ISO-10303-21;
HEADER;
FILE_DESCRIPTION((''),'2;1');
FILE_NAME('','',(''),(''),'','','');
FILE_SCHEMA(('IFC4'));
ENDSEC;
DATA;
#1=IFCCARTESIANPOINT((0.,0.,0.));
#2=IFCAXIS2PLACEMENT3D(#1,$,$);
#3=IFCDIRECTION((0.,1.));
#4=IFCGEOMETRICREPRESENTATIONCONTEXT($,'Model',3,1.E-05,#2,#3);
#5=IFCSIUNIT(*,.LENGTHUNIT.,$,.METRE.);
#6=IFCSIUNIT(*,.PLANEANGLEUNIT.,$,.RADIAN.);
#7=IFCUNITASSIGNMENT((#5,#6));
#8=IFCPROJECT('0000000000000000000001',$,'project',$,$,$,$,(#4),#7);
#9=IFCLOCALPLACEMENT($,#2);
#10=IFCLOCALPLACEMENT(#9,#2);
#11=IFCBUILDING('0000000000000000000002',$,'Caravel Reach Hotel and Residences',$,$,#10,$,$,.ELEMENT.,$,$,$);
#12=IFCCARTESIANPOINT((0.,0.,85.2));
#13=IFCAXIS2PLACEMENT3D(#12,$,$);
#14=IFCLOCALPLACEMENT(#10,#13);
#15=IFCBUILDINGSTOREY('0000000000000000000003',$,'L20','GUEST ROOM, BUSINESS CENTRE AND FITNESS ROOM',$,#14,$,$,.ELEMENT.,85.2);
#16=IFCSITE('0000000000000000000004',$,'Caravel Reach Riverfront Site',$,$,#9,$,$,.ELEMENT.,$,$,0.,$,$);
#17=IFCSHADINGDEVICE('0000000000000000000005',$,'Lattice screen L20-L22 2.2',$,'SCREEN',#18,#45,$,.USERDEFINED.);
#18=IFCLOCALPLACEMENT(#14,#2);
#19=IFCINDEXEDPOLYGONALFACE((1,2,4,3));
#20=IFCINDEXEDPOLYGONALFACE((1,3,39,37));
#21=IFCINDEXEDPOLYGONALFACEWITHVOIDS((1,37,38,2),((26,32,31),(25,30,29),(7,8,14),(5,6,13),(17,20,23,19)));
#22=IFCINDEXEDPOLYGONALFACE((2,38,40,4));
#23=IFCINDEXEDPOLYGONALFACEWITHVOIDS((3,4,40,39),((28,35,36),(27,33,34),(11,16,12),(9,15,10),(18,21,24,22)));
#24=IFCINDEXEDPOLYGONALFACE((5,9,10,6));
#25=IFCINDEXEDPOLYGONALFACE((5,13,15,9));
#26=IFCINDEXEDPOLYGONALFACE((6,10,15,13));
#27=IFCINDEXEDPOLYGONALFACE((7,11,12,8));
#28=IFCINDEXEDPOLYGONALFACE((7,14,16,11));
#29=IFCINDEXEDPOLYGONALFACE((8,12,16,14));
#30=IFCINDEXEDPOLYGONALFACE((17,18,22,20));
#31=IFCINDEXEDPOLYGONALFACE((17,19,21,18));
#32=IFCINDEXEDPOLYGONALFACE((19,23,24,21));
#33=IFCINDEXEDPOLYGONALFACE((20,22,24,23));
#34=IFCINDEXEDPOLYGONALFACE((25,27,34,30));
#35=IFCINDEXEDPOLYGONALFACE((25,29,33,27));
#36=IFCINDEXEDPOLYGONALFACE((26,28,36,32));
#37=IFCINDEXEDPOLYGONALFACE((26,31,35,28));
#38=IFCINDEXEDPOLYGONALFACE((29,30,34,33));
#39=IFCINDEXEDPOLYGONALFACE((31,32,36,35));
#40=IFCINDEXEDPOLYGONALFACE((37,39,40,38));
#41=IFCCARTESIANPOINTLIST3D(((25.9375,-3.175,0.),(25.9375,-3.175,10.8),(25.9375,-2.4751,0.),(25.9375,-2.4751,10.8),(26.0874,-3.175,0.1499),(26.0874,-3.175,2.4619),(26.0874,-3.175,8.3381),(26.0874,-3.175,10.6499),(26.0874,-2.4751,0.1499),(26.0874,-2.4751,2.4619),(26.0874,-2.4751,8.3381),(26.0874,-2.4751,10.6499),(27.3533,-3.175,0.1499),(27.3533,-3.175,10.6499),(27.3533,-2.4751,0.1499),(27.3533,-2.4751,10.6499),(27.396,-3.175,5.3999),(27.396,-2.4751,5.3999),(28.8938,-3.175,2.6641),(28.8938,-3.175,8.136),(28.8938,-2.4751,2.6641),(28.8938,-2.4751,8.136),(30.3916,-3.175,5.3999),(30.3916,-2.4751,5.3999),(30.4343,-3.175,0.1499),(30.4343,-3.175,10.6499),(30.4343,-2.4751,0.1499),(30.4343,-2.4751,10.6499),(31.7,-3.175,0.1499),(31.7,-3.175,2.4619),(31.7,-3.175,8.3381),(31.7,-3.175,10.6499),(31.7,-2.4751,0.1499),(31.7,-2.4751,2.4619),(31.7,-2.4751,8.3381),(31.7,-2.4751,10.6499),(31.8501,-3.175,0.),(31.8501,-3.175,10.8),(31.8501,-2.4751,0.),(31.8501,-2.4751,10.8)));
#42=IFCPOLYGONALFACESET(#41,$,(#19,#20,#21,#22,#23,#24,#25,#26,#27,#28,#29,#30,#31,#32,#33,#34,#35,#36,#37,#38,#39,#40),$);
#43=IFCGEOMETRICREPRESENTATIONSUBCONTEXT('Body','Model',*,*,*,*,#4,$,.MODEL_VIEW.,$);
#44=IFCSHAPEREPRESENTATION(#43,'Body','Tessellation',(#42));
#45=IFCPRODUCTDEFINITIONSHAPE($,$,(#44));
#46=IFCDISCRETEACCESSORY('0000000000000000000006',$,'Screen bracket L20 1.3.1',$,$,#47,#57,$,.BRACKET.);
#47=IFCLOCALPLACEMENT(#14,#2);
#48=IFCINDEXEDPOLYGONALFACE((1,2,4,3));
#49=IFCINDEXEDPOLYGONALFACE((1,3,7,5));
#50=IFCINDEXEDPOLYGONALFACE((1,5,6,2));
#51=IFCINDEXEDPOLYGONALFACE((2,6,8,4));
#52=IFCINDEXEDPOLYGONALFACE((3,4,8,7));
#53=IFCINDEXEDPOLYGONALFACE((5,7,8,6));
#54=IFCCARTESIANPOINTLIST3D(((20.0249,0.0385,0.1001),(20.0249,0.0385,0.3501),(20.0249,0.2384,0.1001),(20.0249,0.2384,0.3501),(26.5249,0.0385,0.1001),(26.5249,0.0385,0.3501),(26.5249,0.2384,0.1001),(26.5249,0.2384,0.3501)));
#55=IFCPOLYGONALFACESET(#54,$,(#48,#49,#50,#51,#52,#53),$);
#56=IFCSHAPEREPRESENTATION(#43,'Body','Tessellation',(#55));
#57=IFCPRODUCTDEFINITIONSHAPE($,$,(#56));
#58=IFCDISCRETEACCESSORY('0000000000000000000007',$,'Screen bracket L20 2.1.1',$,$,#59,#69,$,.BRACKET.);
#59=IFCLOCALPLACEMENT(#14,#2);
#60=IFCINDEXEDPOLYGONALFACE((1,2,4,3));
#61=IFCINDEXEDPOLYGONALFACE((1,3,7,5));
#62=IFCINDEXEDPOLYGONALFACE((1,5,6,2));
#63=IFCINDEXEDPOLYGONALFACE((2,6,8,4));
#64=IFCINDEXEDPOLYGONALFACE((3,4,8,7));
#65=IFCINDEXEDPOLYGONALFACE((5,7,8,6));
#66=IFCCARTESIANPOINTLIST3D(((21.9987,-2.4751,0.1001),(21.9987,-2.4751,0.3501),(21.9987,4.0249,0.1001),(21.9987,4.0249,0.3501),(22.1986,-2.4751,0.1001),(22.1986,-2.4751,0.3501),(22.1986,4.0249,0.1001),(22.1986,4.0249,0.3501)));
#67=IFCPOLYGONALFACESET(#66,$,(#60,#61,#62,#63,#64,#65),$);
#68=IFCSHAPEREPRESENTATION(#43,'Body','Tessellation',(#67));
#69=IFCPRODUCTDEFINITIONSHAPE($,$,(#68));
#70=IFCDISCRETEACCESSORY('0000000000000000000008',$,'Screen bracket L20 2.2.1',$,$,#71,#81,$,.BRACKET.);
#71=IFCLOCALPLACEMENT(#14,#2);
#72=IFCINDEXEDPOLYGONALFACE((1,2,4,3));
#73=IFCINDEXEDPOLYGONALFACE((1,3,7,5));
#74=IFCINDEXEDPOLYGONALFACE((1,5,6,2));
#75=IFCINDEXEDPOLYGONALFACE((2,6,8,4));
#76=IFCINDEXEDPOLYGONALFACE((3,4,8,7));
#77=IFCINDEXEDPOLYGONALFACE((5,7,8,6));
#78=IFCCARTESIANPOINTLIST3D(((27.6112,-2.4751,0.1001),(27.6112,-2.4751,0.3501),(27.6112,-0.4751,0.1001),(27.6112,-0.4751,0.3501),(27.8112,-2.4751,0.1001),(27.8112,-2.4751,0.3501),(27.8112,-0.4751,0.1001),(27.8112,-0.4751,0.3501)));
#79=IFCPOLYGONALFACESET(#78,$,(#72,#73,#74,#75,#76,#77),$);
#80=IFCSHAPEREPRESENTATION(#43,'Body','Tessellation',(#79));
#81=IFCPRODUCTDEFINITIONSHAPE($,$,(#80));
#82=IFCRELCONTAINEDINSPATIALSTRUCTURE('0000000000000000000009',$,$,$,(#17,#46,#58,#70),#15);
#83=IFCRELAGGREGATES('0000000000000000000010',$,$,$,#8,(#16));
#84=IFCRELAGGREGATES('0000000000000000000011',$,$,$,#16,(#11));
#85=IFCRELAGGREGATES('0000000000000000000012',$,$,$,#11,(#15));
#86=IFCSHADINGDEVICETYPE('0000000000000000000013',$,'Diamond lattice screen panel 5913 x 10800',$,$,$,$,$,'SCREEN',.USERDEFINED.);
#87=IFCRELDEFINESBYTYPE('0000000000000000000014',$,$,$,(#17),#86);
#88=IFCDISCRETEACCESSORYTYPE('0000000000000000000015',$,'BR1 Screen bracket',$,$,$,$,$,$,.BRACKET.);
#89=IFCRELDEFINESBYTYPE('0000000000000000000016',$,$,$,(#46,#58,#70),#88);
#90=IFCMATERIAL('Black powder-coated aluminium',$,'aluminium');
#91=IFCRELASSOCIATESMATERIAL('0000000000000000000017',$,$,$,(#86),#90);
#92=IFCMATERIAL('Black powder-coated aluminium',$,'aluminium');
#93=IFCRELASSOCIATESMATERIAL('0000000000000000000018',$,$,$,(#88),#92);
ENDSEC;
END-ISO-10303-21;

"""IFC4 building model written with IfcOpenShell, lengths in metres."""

from ifc_helpers import new_model, si_unit, direction, frame, origin, origin_2d, place, context, subcontext, project, spatial, polyline, rectangle, outline, extrude, material, type_object, element, save


model = new_model("IFC4")

# Units and contexts
model_context = context("Model", 3, precision=1e-05, world=origin(), true_north=direction((0.0, 1.0)))
body_context = subcontext(model_context, "Body", "Model", "MODEL_VIEW")
ifc_project = project(units=[si_unit("LENGTHUNIT", "METRE"), si_unit("PLANEANGLEUNIT", "RADIAN")], contexts=[model_context])

# Site, building, storey
site_placement = place(None, origin())
site = spatial("IfcSite", under=ifc_project, at=site_placement, Name="Caravel Reach Riverfront Site", CompositionType="ELEMENT", RefElevation=0.0)
building_placement = place(site_placement, origin())
building = spatial("IfcBuilding", under=site, at=building_placement, Name="Caravel Reach Hotel and Residences", CompositionType="ELEMENT")
storey_placement = place(building_placement, frame((0.0, 0.0, 85.2)))
storey = spatial("IfcBuildingStorey", under=building, at=storey_placement, Name="L20", Description="GUEST ROOM, BUSINESS CENTRE AND FITNESS ROOM", CompositionType="ELEMENT", Elevation=85.2)

# Shading device
ifc_material_1 = material(Name="Black powder-coated aluminium", Category="aluminium")
shading_device_type_1 = type_object("IfcShadingDeviceType", Name="Diamond lattice screen panel 5913 x 10800", ElementType="SCREEN", PredefinedType="USERDEFINED", material=ifc_material_1)
for number, where, z_axis, x_axis, name in (
    (1, (25.9375, -2.4751, 0.0), (0.0, -1.0, 0.0), (1.0, 0.0, 0.0), "Lattice screen L20-L22 2.2"),
):
    element("IfcShadingDevice", number, at=place(storey_placement, frame(where, z_axis=z_axis, x_axis=x_axis)), inside=storey, type_object=shading_device_type_1, Name=name, ObjectType="SCREEN", PredefinedType="USERDEFINED", context=body_context, shape_type="SweptSolid", body=[
        extrude(outline(polyline([(0.0, 0.0), (5.9126, 0.0), (5.9126, 10.8), (0.0, 10.8), (0.0, 0.0)]), holes=[polyline([(1.4158, 0.1499), (0.1499, 2.4619), (0.1499, 0.1499), (1.4158, 0.1499)]), polyline([(0.1499, 8.3381), (1.4158, 10.6499), (0.1499, 10.6499), (0.1499, 8.3381)]), polyline([(2.9563, 8.136), (1.4585, 5.3999), (2.9563, 2.6641), (4.4541, 5.3999), (2.9563, 8.136)]), polyline([(5.7625, 2.4619), (4.4968, 0.1499), (5.7625, 0.1499), (5.7625, 2.4619)]), polyline([(4.4968, 10.6499), (5.7625, 8.3381), (5.7625, 10.6499), (4.4968, 10.6499)])]), origin(), (0.0, 0.0, 1.0), 0.7),
    ])

# Discrete accessories
ifc_material_2 = material(Name="Black powder-coated aluminium", Category="aluminium")
discrete_accessory_type = type_object("IfcDiscreteAccessoryType", Name="BR1 Screen bracket", PredefinedType="BRACKET", material=ifc_material_2)
for number, where, z_axis, x_axis, name in (
    (2, (23.2749, 0.1384, 0.1001), (0.0, 0.0, 1.0), (-1.0, 0.0, 0.0), "Screen bracket L20 1.3.1"),
    (3, (22.0986, 0.7749, 0.1001), (0.0, 0.0, 1.0), (0.0, -1.0, 0.0), "Screen bracket L20 2.1.1"),
):
    element("IfcDiscreteAccessory", number, at=place(storey_placement, frame(where, z_axis=z_axis, x_axis=x_axis)), inside=storey, type_object=discrete_accessory_type, Name=name, PredefinedType="BRACKET", context=body_context, shape_type="SweptSolid", body=[
        extrude(rectangle(XDim=6.5, YDim=0.2, at=origin_2d()), origin(), (0.0, 0.0, 1.0), 0.25),
    ])
discrete_accessory_placement = place(storey_placement, frame((27.7112, -1.4751, 0.1001), z_axis=(0.0, 0.0, 1.0), x_axis=(0.0, -1.0, 0.0)))
element("IfcDiscreteAccessory", 4, at=discrete_accessory_placement, inside=storey, type_object=discrete_accessory_type, Name="Screen bracket L20 2.2.1", PredefinedType="BRACKET", context=body_context, shape_type="SweptSolid", body=[
    extrude(rectangle(XDim=2.0, YDim=0.2, at=origin_2d()), origin(), (0.0, 0.0, 1.0), 0.25),
])

save(model, "model.ifc")
